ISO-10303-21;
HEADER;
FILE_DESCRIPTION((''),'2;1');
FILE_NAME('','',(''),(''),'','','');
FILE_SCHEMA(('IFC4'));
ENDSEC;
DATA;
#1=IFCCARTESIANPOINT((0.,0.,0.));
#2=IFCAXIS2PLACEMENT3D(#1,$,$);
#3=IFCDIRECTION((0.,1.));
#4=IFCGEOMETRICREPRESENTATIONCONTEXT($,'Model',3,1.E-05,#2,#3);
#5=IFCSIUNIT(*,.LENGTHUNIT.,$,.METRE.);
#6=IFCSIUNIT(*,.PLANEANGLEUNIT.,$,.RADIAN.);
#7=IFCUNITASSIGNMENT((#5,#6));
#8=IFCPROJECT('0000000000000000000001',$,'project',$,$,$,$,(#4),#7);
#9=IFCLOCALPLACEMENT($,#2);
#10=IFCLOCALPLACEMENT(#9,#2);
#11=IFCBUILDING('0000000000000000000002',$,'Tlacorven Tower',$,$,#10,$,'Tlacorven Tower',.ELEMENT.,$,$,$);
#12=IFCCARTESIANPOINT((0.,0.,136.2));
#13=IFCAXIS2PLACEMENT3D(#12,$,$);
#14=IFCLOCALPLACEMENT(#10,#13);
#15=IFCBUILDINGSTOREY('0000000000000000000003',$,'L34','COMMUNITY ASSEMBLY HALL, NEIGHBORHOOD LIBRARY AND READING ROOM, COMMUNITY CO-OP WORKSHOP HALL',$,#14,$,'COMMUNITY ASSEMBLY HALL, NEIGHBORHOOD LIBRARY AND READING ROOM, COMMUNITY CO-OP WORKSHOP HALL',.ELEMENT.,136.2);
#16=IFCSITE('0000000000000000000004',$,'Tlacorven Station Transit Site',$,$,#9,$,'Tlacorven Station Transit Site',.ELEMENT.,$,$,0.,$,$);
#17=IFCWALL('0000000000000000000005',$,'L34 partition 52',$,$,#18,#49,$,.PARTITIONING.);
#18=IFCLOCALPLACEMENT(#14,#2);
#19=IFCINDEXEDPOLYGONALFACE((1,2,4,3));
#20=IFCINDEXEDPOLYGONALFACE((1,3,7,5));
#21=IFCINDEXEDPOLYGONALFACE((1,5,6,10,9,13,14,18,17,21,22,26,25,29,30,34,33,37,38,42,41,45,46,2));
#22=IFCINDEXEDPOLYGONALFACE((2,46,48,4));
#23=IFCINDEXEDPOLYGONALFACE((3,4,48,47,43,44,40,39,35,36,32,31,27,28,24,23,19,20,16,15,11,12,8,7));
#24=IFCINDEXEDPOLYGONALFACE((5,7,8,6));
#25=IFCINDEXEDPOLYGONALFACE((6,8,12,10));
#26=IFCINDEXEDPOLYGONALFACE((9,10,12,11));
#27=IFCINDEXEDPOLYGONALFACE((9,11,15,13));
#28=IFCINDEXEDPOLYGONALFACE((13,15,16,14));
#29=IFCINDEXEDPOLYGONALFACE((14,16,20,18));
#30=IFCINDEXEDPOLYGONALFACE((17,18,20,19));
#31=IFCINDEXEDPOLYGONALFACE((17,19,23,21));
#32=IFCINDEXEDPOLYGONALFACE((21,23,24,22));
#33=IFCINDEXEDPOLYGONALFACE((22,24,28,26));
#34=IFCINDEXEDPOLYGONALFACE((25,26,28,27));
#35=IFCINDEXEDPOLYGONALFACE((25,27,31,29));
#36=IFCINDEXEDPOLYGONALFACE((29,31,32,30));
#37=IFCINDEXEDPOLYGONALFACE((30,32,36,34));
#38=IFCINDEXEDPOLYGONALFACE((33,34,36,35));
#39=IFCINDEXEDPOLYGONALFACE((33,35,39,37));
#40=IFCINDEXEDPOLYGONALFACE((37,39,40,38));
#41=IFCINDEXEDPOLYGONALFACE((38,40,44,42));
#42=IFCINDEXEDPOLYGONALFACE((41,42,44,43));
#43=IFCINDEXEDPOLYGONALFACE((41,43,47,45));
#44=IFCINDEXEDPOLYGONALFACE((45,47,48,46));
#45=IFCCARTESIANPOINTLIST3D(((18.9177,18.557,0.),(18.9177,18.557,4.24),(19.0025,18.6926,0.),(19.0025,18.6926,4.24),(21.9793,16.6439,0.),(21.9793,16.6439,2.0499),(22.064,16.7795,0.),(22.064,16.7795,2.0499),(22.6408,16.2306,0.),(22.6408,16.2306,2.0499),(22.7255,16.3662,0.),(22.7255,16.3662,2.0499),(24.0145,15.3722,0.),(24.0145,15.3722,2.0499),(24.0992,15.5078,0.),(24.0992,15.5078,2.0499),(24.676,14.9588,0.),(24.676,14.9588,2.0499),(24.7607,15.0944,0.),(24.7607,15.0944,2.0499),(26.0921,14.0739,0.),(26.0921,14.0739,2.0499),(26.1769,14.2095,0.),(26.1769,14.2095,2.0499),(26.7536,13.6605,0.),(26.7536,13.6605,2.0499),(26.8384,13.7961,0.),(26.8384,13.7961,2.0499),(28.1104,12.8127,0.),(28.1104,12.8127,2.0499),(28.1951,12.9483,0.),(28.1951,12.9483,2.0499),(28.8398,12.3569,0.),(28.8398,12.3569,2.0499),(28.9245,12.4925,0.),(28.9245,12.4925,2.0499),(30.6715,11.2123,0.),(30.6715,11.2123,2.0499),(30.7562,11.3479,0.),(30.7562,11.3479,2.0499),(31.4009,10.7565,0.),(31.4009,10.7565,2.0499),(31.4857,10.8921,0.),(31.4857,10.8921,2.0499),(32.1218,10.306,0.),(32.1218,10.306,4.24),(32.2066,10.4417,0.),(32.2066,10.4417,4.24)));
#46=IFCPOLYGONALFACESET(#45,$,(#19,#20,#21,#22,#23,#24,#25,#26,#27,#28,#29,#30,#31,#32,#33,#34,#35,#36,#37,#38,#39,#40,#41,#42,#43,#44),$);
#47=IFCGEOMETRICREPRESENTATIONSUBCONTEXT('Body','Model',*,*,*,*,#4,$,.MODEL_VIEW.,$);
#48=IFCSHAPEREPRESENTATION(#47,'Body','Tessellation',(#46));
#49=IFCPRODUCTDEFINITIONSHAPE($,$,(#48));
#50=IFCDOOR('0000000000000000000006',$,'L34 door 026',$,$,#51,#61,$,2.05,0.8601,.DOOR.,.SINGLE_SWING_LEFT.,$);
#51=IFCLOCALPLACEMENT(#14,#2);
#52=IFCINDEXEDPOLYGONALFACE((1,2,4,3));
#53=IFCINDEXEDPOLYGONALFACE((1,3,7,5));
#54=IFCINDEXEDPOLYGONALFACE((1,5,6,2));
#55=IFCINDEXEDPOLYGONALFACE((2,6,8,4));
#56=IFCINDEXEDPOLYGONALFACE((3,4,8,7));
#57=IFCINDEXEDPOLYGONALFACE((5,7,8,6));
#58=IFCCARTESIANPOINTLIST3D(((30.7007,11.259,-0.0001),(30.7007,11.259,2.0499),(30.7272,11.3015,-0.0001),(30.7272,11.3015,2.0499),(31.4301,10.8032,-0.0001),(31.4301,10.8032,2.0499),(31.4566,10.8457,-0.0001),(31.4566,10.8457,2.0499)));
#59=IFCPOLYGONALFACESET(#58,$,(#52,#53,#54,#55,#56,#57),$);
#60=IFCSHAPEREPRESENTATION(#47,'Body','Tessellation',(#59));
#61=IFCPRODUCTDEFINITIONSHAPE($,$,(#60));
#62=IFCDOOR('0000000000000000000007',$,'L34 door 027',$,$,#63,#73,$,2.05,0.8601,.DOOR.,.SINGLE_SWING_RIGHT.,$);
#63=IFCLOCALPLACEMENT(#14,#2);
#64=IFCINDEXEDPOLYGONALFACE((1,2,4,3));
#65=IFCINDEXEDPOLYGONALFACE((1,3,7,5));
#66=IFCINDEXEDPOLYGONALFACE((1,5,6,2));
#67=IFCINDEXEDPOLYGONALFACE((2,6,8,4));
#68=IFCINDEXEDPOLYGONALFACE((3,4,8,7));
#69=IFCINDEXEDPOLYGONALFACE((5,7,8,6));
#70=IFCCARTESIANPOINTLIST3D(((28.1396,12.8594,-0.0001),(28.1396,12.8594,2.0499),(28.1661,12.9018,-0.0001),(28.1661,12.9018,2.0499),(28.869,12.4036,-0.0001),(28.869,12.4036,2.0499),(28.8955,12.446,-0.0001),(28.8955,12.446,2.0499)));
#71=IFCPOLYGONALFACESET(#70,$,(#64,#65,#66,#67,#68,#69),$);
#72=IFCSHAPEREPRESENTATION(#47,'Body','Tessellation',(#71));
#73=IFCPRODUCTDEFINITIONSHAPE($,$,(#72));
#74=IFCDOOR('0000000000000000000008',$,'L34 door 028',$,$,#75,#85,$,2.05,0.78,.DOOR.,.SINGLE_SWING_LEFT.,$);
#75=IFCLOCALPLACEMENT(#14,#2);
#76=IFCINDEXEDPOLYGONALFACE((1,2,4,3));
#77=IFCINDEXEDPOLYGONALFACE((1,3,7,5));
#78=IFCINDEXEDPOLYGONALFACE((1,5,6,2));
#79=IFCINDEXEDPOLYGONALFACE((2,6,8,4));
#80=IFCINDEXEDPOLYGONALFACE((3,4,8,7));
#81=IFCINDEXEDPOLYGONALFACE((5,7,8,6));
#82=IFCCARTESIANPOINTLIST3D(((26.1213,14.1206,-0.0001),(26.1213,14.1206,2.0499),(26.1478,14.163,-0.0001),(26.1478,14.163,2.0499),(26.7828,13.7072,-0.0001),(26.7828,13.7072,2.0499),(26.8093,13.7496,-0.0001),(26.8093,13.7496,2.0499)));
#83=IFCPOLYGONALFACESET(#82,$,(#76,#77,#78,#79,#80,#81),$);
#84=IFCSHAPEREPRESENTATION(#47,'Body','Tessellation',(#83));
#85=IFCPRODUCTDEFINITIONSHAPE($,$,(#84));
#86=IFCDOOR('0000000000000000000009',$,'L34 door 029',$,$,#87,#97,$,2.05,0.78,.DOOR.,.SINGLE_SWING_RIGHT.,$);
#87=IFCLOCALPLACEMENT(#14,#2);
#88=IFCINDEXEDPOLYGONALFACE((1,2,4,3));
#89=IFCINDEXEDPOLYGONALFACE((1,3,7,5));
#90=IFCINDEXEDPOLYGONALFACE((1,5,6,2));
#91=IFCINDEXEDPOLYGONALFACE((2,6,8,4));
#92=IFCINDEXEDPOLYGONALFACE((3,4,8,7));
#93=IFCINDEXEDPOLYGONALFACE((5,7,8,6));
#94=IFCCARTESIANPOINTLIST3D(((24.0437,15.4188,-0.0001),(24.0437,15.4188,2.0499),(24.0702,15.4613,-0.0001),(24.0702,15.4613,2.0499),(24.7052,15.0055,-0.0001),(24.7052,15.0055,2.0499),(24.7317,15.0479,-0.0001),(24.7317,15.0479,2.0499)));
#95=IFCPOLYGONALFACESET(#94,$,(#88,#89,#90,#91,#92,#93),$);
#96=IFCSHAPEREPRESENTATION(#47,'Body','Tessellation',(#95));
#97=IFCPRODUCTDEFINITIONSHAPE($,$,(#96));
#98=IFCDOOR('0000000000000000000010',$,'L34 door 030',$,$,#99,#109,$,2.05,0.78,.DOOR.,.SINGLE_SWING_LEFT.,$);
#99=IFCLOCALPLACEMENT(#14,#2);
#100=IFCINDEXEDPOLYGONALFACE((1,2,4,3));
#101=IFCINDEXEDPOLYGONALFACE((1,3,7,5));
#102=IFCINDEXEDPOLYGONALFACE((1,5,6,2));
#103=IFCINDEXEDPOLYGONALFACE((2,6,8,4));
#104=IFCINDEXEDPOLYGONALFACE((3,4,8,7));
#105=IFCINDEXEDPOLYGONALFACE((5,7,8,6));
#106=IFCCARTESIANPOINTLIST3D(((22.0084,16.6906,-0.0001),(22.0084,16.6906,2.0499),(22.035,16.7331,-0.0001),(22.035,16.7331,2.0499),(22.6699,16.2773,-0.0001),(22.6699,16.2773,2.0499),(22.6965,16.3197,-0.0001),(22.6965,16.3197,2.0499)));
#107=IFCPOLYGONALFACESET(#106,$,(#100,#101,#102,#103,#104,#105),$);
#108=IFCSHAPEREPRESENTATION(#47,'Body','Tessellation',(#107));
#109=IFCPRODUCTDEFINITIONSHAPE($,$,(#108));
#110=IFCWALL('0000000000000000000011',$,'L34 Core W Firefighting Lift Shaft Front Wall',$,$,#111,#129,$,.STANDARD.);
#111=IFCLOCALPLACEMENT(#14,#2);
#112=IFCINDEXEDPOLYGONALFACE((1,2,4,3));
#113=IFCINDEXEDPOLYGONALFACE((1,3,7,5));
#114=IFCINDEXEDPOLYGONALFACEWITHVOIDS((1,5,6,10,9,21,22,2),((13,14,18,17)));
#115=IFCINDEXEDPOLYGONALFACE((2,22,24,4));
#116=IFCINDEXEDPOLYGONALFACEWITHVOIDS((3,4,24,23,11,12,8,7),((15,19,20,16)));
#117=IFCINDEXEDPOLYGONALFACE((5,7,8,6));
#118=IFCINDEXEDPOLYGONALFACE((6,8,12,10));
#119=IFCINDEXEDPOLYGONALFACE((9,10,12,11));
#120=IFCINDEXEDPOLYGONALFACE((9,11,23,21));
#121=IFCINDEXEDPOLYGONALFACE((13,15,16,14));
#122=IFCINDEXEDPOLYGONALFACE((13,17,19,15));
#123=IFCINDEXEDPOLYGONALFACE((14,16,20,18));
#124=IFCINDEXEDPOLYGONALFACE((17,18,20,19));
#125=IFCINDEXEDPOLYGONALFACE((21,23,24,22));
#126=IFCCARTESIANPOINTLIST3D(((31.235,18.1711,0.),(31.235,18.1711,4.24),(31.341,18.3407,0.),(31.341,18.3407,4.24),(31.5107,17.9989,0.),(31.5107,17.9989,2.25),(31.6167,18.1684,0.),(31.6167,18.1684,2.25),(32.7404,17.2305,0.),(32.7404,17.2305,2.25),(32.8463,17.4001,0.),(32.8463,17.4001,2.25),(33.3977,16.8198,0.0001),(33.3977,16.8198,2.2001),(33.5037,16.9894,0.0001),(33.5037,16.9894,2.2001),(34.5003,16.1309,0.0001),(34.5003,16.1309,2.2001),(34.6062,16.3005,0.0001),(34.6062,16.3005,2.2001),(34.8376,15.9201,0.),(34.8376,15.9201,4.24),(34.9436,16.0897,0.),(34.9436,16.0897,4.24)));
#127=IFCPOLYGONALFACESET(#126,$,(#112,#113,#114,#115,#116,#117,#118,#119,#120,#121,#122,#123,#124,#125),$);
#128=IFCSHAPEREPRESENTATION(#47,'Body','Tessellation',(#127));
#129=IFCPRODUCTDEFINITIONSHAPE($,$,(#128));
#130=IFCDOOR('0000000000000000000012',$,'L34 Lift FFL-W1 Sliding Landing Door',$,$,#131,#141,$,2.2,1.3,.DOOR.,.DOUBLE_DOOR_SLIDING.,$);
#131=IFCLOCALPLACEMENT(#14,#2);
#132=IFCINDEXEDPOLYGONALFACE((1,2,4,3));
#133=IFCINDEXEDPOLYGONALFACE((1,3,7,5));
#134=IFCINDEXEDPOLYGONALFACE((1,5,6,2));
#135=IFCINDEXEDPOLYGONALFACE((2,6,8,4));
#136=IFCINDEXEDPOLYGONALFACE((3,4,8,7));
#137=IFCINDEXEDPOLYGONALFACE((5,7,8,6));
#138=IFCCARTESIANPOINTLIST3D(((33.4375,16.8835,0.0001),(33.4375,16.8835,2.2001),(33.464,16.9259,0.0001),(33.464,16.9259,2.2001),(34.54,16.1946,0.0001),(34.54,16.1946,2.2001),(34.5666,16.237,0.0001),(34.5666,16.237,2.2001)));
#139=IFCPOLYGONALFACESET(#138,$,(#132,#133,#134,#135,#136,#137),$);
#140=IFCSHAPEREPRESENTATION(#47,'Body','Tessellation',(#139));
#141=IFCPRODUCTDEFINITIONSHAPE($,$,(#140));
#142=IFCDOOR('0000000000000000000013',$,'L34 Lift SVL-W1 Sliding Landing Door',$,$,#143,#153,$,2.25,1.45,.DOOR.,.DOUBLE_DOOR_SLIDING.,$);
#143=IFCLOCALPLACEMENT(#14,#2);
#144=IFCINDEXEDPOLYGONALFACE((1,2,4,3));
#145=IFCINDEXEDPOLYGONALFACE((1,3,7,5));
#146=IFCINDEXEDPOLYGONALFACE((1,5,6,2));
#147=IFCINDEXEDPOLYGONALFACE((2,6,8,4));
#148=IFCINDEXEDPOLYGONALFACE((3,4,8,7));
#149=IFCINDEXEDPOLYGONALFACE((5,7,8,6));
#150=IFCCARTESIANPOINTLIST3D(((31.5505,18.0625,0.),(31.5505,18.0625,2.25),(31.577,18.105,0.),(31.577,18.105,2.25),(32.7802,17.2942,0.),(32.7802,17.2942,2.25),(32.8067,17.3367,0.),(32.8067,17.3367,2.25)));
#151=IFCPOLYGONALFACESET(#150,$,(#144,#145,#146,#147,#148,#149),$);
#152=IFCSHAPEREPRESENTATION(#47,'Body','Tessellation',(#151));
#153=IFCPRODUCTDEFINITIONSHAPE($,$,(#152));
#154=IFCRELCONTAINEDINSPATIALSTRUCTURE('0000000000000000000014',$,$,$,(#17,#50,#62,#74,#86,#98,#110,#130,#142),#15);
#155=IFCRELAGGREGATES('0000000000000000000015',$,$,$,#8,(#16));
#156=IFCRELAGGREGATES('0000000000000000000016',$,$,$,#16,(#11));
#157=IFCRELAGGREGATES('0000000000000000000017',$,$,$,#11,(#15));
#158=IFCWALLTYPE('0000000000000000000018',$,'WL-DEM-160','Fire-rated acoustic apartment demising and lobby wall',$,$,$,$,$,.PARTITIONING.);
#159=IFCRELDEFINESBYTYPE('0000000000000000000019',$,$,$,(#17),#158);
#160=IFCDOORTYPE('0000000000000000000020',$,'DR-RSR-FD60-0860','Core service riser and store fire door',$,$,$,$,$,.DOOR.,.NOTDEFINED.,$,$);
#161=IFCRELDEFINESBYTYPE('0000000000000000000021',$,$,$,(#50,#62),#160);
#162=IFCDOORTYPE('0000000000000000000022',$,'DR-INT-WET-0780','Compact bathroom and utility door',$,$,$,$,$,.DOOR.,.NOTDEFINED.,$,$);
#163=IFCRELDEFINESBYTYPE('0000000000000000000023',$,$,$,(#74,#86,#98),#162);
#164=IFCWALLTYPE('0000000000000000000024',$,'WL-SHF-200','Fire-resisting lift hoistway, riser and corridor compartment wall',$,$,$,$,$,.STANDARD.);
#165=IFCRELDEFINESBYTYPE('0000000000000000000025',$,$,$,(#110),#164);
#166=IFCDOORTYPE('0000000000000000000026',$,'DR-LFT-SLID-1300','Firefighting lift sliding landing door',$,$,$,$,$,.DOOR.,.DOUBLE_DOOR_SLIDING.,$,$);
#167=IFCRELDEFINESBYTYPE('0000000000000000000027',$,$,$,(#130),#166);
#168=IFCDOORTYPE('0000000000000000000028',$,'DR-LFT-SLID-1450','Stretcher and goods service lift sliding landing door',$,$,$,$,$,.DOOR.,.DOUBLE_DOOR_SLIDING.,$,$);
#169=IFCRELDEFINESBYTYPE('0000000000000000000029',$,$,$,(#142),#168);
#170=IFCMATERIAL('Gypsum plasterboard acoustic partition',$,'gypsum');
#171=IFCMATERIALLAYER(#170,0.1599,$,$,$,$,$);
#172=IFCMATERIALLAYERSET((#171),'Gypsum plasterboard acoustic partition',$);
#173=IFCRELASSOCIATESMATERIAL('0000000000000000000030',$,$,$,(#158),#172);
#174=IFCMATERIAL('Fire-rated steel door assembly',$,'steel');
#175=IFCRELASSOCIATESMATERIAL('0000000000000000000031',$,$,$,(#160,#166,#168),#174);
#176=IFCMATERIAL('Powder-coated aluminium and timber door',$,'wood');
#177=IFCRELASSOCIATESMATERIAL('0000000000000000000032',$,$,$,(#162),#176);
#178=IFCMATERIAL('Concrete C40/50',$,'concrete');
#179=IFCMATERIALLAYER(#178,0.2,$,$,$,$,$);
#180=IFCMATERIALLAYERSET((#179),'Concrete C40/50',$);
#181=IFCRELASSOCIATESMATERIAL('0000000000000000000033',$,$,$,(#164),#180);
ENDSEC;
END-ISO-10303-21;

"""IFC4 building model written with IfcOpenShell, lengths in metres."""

from ifc_helpers import new_model, si_unit, direction, frame, frame_2d, origin, place, context, subcontext, project, spatial, rectangle, extrude, source, transform, mapped, material, layer, layer_set, type_object, element, fill, save


model = new_model("IFC4")

# Units and contexts
model_context = context("Model", 3, precision=1e-05, world=origin(), true_north=direction((0.0, 1.0)))
body_context = subcontext(model_context, "Body", "Model", "MODEL_VIEW")
ifc_project = project(units=[si_unit("LENGTHUNIT", "METRE"), si_unit("PLANEANGLEUNIT", "RADIAN")], contexts=[model_context])

# Site, building, storey
site_placement = place(None, origin())
site = spatial("IfcSite", under=ifc_project, at=site_placement, Name="Tlacorven Station Transit Site", LongName="Tlacorven Station Transit Site", CompositionType="ELEMENT", RefElevation=0.0)
building_placement = place(site_placement, origin())
building = spatial("IfcBuilding", under=site, at=building_placement, Name="Tlacorven Tower", LongName="Tlacorven Tower", CompositionType="ELEMENT")
storey_placement = place(building_placement, frame((0.0, 0.0, 136.2)))
storey = spatial("IfcBuildingStorey", under=building, at=storey_placement, Name="L34", Description="COMMUNITY ASSEMBLY HALL, NEIGHBORHOOD LIBRARY AND READING ROOM, COMMUNITY CO-OP WORKSHOP HALL", LongName="COMMUNITY ASSEMBLY HALL, NEIGHBORHOOD LIBRARY AND READING ROOM, COMMUNITY CO-OP WORKSHOP HALL", CompositionType="ELEMENT", Elevation=136.2)

# Walls, openings, doors
ifc_material_1 = material(Name="Gypsum plasterboard acoustic partition", Category="gypsum")
ifc_layer_1 = layer(ifc_material_1, 0.1599)
ifc_layer_set_1 = layer_set([ifc_layer_1], Name="Gypsum plasterboard acoustic partition")
wall_type_1 = type_object("IfcWallType", Name="WL-DEM-160", Description="Fire-rated acoustic apartment demising and lobby wall", PredefinedType="PARTITIONING", material=ifc_layer_set_1)
wall_1_placement = place(storey_placement, frame((32.1643, 10.3738, 0.0), z_axis=(0.0, 0.0, 1.0), x_axis=(-0.848044, 0.529926, 0.0)))
wall_1 = element("IfcWall", 1, at=wall_1_placement, inside=storey, type_object=wall_type_1, Name="L34 partition 52", PredefinedType="PARTITIONING", context=body_context, shape_type="SweptSolid", body=[
    extrude(rectangle(XDim=15.5701, YDim=0.1599, at=frame_2d((7.7852, 0.0))), origin(), (0.0, 0.0, 1.0), 4.24),
])
opening_1_placement = place(wall_1_placement, frame((0.8501, 0.0, 0.0)))
opening_1 = element("IfcOpeningElement", 2, at=opening_1_placement, cuts=wall_1, PredefinedType="OPENING", context=body_context, shape_type="SweptSolid", body=[
    extrude(rectangle(XDim=0.8601, YDim=2.05, at=frame_2d((0.4302, 1.0249))), frame((0.0, 0.0898, 0.0), z_axis=(0.0, -1.0, 0.0), x_axis=(1.0, 0.0, 0.0)), (0.0, 0.0, 1.0), 0.1799),
])
opening_2_placement = place(wall_1_placement, frame((3.8701, 0.0, 0.0)))
opening_2 = element("IfcOpeningElement", 3, at=opening_2_placement, cuts=wall_1, PredefinedType="OPENING", context=body_context, shape_type="SweptSolid", body=[
    extrude(rectangle(XDim=0.8601, YDim=2.05, at=frame_2d((0.4302, 1.0249))), frame((0.0, 0.0898, 0.0), z_axis=(0.0, -1.0, 0.0), x_axis=(1.0, 0.0, 0.0)), (0.0, 0.0, 1.0), 0.1799),
])
opening_3_placement = place(wall_1_placement, frame((6.3301, 0.0, 0.0)))
opening_3 = element("IfcOpeningElement", 4, at=opening_3_placement, cuts=wall_1, PredefinedType="OPENING", context=body_context, shape_type="SweptSolid", body=[
    extrude(rectangle(XDim=0.78, YDim=2.05, at=frame_2d((0.3901, 1.0249))), frame((0.0, 0.0898, 0.0), z_axis=(0.0, -1.0, 0.0), x_axis=(1.0, 0.0, 0.0)), (0.0, 0.0, 1.0), 0.1799),
])
opening_4_placement = place(wall_1_placement, frame((8.78, 0.0, 0.0)))
opening_4 = element("IfcOpeningElement", 5, at=opening_4_placement, cuts=wall_1, PredefinedType="OPENING", context=body_context, shape_type="SweptSolid", body=[
    extrude(rectangle(XDim=0.78, YDim=2.05, at=frame_2d((0.3901, 1.0249))), frame((0.0, 0.0898, 0.0), z_axis=(0.0, -1.0, 0.0), x_axis=(1.0, 0.0, 0.0)), (0.0, 0.0, 1.0), 0.1799),
])
opening_5_placement = place(wall_1_placement, frame((11.1799, 0.0, 0.0)))
opening_5 = element("IfcOpeningElement", 6, at=opening_5_placement, cuts=wall_1, PredefinedType="OPENING", context=body_context, shape_type="SweptSolid", body=[
    extrude(rectangle(XDim=0.78, YDim=2.05, at=frame_2d((0.3901, 1.0249))), frame((0.0, 0.0898, 0.0), z_axis=(0.0, -1.0, 0.0), x_axis=(1.0, 0.0, 0.0)), (0.0, 0.0, 1.0), 0.1799),
])
ifc_material_2 = material(Name="Fire-rated steel door assembly", Category="steel")
door_type_1 = type_object("IfcDoorType", Name="DR-RSR-FD60-0860", Description="Core service riser and store fire door", OperationType="NOTDEFINED", PredefinedType="DOOR", material=ifc_material_2)
shared_shape_1 = source(origin(), body_context, "Body", "SweptSolid", [
    extrude(rectangle(XDim=0.8601, YDim=2.05, at=frame_2d((0.4302, 1.0249))), frame((0.0, 0.0249, 0.0), z_axis=(0.0, -1.0, 0.0), x_axis=(1.0, 0.0, 0.0)), (0.0, 0.0, 1.0), 0.05),
])
door_1_placement = place(opening_1_placement, origin())
door_1 = element("IfcDoor", 7, at=door_1_placement, inside=storey, type_object=door_type_1, Name="L34 door 026", OperationType="SINGLE_SWING_LEFT", OverallHeight=2.05, OverallWidth=0.8601, PredefinedType="DOOR", context=body_context, shape_type="MappedRepresentation", body=[
    mapped(shared_shape_1, transform((0.0, 0.0, 0.0), scale=1.0)),
])
fill(opening_1, door_1)
door_2_placement = place(opening_2_placement, origin())
door_2 = element("IfcDoor", 8, at=door_2_placement, inside=storey, type_object=door_type_1, Name="L34 door 027", OperationType="SINGLE_SWING_RIGHT", OverallHeight=2.05, OverallWidth=0.8601, PredefinedType="DOOR", context=body_context, shape_type="MappedRepresentation", body=[
    mapped(shared_shape_1, transform((0.0, 0.0, 0.0), scale=1.0)),
])
fill(opening_2, door_2)
ifc_material_3 = material(Name="Powder-coated aluminium and timber door", Category="wood")
door_type_2 = type_object("IfcDoorType", Name="DR-INT-WET-0780", Description="Compact bathroom and utility door", OperationType="NOTDEFINED", PredefinedType="DOOR", material=ifc_material_3)
shared_shape_2 = source(origin(), body_context, "Body", "SweptSolid", [
    extrude(rectangle(XDim=0.78, YDim=2.05, at=frame_2d((0.3901, 1.0249))), frame((0.0, 0.0249, 0.0), z_axis=(0.0, -1.0, 0.0), x_axis=(1.0, 0.0, 0.0)), (0.0, 0.0, 1.0), 0.05),
])
door_3_placement = place(opening_3_placement, origin())
door_3 = element("IfcDoor", 9, at=door_3_placement, inside=storey, type_object=door_type_2, Name="L34 door 028", OperationType="SINGLE_SWING_LEFT", OverallHeight=2.05, OverallWidth=0.78, PredefinedType="DOOR", context=body_context, shape_type="MappedRepresentation", body=[
    mapped(shared_shape_2, transform((0.0, 0.0, 0.0), scale=1.0)),
])
fill(opening_3, door_3)
door_4_placement = place(opening_4_placement, origin())
door_4 = element("IfcDoor", 10, at=door_4_placement, inside=storey, type_object=door_type_2, Name="L34 door 029", OperationType="SINGLE_SWING_RIGHT", OverallHeight=2.05, OverallWidth=0.78, PredefinedType="DOOR", context=body_context, shape_type="MappedRepresentation", body=[
    mapped(shared_shape_2, transform((0.0, 0.0, 0.0), scale=1.0)),
])
fill(opening_4, door_4)
door_5_placement = place(opening_5_placement, origin())
door_5 = element("IfcDoor", 11, at=door_5_placement, inside=storey, type_object=door_type_2, Name="L34 door 030", OperationType="SINGLE_SWING_LEFT", OverallHeight=2.05, OverallWidth=0.78, PredefinedType="DOOR", context=body_context, shape_type="MappedRepresentation", body=[
    mapped(shared_shape_2, transform((0.0, 0.0, 0.0), scale=1.0)),
])
fill(opening_5, door_5)
ifc_material_4 = material(Name="Concrete C40/50", Category="concrete")
ifc_layer_2 = layer(ifc_material_4, 0.2)
ifc_layer_set_2 = layer_set([ifc_layer_2], Name="Concrete C40/50")
wall_type_2 = type_object("IfcWallType", Name="WL-SHF-200", Description="Fire-resisting lift hoistway, riser and corridor compartment wall", PredefinedType="STANDARD", material=ifc_layer_set_2)
wall_2_placement = place(storey_placement, frame((34.8906, 16.0049, 0.0), z_axis=(0.0, 0.0, 1.0), x_axis=(-0.848063, 0.529896, 0.0)))
wall_2 = element("IfcWall", 12, at=wall_2_placement, inside=storey, type_object=wall_type_2, Name="L34 Core W Firefighting Lift Shaft Front Wall", PredefinedType="STANDARD", context=body_context, shape_type="SweptSolid", body=[
    extrude(rectangle(XDim=4.248, YDim=0.2, at=frame_2d((2.124, 0.0))), origin(), (0.0, 0.0, 1.0), 4.24),
])
opening_6_placement = place(wall_2_placement, frame((0.3979, 0.0, 0.0)))
opening_6 = element("IfcOpeningElement", 13, at=opening_6_placement, cuts=wall_2, PredefinedType="OPENING", context=body_context, shape_type="SweptSolid", body=[
    extrude(rectangle(XDim=1.3, YDim=2.2, at=frame_2d((0.6499, 1.1001))), frame((0.0, 0.1099, 0.0), z_axis=(0.0, -1.0, 0.0), x_axis=(1.0, 0.0, 0.0)), (0.0, 0.0, 1.0), 0.22),
])
opening_7_placement = place(wall_2_placement, frame((2.4729, 0.0, 0.0)))
opening_7 = element("IfcOpeningElement", 14, at=opening_7_placement, cuts=wall_2, PredefinedType="OPENING", context=body_context, shape_type="SweptSolid", body=[
    extrude(rectangle(XDim=1.45, YDim=2.25, at=frame_2d((0.7251, 1.125))), frame((0.0, 0.1099, 0.0), z_axis=(0.0, -1.0, 0.0), x_axis=(1.0, 0.0, 0.0)), (0.0, 0.0, 1.0), 0.22),
])
door_type_3 = type_object("IfcDoorType", Name="DR-LFT-SLID-1300", Description="Firefighting lift sliding landing door", OperationType="DOUBLE_DOOR_SLIDING", PredefinedType="DOOR", material=ifc_material_2)
shared_shape_3 = source(origin(), body_context, "Body", "SweptSolid", [
    extrude(rectangle(XDim=1.3, YDim=2.2, at=frame_2d((0.6499, 1.1001))), frame((0.0, 0.0249, 0.0), z_axis=(0.0, -1.0, 0.0), x_axis=(1.0, 0.0, 0.0)), (0.0, 0.0, 1.0), 0.05),
])
door_6_placement = place(opening_6_placement, origin())
door_6 = element("IfcDoor", 15, at=door_6_placement, inside=storey, type_object=door_type_3, Name="L34 Lift FFL-W1 Sliding Landing Door", OperationType="DOUBLE_DOOR_SLIDING", OverallHeight=2.2, OverallWidth=1.3, PredefinedType="DOOR", context=body_context, shape_type="MappedRepresentation", body=[
    mapped(shared_shape_3, transform((0.0, 0.0, 0.0), scale=1.0)),
])
fill(opening_6, door_6)
door_type_4 = type_object("IfcDoorType", Name="DR-LFT-SLID-1450", Description="Stretcher and goods service lift sliding landing door", OperationType="DOUBLE_DOOR_SLIDING", PredefinedType="DOOR", material=ifc_material_2)
shared_shape_4 = source(origin(), body_context, "Body", "SweptSolid", [
    extrude(rectangle(XDim=1.45, YDim=2.25, at=frame_2d((0.7251, 1.125))), frame((0.0, 0.0249, 0.0), z_axis=(0.0, -1.0, 0.0), x_axis=(1.0, 0.0, 0.0)), (0.0, 0.0, 1.0), 0.05),
])
door_7_placement = place(opening_7_placement, origin())
door_7 = element("IfcDoor", 16, at=door_7_placement, inside=storey, type_object=door_type_4, Name="L34 Lift SVL-W1 Sliding Landing Door", OperationType="DOUBLE_DOOR_SLIDING", OverallHeight=2.25, OverallWidth=1.45, PredefinedType="DOOR", context=body_context, shape_type="MappedRepresentation", body=[
    mapped(shared_shape_4, transform((0.0, 0.0, 0.0), scale=1.0)),
])
fill(opening_7, door_7)

save(model, "model.ifc")
